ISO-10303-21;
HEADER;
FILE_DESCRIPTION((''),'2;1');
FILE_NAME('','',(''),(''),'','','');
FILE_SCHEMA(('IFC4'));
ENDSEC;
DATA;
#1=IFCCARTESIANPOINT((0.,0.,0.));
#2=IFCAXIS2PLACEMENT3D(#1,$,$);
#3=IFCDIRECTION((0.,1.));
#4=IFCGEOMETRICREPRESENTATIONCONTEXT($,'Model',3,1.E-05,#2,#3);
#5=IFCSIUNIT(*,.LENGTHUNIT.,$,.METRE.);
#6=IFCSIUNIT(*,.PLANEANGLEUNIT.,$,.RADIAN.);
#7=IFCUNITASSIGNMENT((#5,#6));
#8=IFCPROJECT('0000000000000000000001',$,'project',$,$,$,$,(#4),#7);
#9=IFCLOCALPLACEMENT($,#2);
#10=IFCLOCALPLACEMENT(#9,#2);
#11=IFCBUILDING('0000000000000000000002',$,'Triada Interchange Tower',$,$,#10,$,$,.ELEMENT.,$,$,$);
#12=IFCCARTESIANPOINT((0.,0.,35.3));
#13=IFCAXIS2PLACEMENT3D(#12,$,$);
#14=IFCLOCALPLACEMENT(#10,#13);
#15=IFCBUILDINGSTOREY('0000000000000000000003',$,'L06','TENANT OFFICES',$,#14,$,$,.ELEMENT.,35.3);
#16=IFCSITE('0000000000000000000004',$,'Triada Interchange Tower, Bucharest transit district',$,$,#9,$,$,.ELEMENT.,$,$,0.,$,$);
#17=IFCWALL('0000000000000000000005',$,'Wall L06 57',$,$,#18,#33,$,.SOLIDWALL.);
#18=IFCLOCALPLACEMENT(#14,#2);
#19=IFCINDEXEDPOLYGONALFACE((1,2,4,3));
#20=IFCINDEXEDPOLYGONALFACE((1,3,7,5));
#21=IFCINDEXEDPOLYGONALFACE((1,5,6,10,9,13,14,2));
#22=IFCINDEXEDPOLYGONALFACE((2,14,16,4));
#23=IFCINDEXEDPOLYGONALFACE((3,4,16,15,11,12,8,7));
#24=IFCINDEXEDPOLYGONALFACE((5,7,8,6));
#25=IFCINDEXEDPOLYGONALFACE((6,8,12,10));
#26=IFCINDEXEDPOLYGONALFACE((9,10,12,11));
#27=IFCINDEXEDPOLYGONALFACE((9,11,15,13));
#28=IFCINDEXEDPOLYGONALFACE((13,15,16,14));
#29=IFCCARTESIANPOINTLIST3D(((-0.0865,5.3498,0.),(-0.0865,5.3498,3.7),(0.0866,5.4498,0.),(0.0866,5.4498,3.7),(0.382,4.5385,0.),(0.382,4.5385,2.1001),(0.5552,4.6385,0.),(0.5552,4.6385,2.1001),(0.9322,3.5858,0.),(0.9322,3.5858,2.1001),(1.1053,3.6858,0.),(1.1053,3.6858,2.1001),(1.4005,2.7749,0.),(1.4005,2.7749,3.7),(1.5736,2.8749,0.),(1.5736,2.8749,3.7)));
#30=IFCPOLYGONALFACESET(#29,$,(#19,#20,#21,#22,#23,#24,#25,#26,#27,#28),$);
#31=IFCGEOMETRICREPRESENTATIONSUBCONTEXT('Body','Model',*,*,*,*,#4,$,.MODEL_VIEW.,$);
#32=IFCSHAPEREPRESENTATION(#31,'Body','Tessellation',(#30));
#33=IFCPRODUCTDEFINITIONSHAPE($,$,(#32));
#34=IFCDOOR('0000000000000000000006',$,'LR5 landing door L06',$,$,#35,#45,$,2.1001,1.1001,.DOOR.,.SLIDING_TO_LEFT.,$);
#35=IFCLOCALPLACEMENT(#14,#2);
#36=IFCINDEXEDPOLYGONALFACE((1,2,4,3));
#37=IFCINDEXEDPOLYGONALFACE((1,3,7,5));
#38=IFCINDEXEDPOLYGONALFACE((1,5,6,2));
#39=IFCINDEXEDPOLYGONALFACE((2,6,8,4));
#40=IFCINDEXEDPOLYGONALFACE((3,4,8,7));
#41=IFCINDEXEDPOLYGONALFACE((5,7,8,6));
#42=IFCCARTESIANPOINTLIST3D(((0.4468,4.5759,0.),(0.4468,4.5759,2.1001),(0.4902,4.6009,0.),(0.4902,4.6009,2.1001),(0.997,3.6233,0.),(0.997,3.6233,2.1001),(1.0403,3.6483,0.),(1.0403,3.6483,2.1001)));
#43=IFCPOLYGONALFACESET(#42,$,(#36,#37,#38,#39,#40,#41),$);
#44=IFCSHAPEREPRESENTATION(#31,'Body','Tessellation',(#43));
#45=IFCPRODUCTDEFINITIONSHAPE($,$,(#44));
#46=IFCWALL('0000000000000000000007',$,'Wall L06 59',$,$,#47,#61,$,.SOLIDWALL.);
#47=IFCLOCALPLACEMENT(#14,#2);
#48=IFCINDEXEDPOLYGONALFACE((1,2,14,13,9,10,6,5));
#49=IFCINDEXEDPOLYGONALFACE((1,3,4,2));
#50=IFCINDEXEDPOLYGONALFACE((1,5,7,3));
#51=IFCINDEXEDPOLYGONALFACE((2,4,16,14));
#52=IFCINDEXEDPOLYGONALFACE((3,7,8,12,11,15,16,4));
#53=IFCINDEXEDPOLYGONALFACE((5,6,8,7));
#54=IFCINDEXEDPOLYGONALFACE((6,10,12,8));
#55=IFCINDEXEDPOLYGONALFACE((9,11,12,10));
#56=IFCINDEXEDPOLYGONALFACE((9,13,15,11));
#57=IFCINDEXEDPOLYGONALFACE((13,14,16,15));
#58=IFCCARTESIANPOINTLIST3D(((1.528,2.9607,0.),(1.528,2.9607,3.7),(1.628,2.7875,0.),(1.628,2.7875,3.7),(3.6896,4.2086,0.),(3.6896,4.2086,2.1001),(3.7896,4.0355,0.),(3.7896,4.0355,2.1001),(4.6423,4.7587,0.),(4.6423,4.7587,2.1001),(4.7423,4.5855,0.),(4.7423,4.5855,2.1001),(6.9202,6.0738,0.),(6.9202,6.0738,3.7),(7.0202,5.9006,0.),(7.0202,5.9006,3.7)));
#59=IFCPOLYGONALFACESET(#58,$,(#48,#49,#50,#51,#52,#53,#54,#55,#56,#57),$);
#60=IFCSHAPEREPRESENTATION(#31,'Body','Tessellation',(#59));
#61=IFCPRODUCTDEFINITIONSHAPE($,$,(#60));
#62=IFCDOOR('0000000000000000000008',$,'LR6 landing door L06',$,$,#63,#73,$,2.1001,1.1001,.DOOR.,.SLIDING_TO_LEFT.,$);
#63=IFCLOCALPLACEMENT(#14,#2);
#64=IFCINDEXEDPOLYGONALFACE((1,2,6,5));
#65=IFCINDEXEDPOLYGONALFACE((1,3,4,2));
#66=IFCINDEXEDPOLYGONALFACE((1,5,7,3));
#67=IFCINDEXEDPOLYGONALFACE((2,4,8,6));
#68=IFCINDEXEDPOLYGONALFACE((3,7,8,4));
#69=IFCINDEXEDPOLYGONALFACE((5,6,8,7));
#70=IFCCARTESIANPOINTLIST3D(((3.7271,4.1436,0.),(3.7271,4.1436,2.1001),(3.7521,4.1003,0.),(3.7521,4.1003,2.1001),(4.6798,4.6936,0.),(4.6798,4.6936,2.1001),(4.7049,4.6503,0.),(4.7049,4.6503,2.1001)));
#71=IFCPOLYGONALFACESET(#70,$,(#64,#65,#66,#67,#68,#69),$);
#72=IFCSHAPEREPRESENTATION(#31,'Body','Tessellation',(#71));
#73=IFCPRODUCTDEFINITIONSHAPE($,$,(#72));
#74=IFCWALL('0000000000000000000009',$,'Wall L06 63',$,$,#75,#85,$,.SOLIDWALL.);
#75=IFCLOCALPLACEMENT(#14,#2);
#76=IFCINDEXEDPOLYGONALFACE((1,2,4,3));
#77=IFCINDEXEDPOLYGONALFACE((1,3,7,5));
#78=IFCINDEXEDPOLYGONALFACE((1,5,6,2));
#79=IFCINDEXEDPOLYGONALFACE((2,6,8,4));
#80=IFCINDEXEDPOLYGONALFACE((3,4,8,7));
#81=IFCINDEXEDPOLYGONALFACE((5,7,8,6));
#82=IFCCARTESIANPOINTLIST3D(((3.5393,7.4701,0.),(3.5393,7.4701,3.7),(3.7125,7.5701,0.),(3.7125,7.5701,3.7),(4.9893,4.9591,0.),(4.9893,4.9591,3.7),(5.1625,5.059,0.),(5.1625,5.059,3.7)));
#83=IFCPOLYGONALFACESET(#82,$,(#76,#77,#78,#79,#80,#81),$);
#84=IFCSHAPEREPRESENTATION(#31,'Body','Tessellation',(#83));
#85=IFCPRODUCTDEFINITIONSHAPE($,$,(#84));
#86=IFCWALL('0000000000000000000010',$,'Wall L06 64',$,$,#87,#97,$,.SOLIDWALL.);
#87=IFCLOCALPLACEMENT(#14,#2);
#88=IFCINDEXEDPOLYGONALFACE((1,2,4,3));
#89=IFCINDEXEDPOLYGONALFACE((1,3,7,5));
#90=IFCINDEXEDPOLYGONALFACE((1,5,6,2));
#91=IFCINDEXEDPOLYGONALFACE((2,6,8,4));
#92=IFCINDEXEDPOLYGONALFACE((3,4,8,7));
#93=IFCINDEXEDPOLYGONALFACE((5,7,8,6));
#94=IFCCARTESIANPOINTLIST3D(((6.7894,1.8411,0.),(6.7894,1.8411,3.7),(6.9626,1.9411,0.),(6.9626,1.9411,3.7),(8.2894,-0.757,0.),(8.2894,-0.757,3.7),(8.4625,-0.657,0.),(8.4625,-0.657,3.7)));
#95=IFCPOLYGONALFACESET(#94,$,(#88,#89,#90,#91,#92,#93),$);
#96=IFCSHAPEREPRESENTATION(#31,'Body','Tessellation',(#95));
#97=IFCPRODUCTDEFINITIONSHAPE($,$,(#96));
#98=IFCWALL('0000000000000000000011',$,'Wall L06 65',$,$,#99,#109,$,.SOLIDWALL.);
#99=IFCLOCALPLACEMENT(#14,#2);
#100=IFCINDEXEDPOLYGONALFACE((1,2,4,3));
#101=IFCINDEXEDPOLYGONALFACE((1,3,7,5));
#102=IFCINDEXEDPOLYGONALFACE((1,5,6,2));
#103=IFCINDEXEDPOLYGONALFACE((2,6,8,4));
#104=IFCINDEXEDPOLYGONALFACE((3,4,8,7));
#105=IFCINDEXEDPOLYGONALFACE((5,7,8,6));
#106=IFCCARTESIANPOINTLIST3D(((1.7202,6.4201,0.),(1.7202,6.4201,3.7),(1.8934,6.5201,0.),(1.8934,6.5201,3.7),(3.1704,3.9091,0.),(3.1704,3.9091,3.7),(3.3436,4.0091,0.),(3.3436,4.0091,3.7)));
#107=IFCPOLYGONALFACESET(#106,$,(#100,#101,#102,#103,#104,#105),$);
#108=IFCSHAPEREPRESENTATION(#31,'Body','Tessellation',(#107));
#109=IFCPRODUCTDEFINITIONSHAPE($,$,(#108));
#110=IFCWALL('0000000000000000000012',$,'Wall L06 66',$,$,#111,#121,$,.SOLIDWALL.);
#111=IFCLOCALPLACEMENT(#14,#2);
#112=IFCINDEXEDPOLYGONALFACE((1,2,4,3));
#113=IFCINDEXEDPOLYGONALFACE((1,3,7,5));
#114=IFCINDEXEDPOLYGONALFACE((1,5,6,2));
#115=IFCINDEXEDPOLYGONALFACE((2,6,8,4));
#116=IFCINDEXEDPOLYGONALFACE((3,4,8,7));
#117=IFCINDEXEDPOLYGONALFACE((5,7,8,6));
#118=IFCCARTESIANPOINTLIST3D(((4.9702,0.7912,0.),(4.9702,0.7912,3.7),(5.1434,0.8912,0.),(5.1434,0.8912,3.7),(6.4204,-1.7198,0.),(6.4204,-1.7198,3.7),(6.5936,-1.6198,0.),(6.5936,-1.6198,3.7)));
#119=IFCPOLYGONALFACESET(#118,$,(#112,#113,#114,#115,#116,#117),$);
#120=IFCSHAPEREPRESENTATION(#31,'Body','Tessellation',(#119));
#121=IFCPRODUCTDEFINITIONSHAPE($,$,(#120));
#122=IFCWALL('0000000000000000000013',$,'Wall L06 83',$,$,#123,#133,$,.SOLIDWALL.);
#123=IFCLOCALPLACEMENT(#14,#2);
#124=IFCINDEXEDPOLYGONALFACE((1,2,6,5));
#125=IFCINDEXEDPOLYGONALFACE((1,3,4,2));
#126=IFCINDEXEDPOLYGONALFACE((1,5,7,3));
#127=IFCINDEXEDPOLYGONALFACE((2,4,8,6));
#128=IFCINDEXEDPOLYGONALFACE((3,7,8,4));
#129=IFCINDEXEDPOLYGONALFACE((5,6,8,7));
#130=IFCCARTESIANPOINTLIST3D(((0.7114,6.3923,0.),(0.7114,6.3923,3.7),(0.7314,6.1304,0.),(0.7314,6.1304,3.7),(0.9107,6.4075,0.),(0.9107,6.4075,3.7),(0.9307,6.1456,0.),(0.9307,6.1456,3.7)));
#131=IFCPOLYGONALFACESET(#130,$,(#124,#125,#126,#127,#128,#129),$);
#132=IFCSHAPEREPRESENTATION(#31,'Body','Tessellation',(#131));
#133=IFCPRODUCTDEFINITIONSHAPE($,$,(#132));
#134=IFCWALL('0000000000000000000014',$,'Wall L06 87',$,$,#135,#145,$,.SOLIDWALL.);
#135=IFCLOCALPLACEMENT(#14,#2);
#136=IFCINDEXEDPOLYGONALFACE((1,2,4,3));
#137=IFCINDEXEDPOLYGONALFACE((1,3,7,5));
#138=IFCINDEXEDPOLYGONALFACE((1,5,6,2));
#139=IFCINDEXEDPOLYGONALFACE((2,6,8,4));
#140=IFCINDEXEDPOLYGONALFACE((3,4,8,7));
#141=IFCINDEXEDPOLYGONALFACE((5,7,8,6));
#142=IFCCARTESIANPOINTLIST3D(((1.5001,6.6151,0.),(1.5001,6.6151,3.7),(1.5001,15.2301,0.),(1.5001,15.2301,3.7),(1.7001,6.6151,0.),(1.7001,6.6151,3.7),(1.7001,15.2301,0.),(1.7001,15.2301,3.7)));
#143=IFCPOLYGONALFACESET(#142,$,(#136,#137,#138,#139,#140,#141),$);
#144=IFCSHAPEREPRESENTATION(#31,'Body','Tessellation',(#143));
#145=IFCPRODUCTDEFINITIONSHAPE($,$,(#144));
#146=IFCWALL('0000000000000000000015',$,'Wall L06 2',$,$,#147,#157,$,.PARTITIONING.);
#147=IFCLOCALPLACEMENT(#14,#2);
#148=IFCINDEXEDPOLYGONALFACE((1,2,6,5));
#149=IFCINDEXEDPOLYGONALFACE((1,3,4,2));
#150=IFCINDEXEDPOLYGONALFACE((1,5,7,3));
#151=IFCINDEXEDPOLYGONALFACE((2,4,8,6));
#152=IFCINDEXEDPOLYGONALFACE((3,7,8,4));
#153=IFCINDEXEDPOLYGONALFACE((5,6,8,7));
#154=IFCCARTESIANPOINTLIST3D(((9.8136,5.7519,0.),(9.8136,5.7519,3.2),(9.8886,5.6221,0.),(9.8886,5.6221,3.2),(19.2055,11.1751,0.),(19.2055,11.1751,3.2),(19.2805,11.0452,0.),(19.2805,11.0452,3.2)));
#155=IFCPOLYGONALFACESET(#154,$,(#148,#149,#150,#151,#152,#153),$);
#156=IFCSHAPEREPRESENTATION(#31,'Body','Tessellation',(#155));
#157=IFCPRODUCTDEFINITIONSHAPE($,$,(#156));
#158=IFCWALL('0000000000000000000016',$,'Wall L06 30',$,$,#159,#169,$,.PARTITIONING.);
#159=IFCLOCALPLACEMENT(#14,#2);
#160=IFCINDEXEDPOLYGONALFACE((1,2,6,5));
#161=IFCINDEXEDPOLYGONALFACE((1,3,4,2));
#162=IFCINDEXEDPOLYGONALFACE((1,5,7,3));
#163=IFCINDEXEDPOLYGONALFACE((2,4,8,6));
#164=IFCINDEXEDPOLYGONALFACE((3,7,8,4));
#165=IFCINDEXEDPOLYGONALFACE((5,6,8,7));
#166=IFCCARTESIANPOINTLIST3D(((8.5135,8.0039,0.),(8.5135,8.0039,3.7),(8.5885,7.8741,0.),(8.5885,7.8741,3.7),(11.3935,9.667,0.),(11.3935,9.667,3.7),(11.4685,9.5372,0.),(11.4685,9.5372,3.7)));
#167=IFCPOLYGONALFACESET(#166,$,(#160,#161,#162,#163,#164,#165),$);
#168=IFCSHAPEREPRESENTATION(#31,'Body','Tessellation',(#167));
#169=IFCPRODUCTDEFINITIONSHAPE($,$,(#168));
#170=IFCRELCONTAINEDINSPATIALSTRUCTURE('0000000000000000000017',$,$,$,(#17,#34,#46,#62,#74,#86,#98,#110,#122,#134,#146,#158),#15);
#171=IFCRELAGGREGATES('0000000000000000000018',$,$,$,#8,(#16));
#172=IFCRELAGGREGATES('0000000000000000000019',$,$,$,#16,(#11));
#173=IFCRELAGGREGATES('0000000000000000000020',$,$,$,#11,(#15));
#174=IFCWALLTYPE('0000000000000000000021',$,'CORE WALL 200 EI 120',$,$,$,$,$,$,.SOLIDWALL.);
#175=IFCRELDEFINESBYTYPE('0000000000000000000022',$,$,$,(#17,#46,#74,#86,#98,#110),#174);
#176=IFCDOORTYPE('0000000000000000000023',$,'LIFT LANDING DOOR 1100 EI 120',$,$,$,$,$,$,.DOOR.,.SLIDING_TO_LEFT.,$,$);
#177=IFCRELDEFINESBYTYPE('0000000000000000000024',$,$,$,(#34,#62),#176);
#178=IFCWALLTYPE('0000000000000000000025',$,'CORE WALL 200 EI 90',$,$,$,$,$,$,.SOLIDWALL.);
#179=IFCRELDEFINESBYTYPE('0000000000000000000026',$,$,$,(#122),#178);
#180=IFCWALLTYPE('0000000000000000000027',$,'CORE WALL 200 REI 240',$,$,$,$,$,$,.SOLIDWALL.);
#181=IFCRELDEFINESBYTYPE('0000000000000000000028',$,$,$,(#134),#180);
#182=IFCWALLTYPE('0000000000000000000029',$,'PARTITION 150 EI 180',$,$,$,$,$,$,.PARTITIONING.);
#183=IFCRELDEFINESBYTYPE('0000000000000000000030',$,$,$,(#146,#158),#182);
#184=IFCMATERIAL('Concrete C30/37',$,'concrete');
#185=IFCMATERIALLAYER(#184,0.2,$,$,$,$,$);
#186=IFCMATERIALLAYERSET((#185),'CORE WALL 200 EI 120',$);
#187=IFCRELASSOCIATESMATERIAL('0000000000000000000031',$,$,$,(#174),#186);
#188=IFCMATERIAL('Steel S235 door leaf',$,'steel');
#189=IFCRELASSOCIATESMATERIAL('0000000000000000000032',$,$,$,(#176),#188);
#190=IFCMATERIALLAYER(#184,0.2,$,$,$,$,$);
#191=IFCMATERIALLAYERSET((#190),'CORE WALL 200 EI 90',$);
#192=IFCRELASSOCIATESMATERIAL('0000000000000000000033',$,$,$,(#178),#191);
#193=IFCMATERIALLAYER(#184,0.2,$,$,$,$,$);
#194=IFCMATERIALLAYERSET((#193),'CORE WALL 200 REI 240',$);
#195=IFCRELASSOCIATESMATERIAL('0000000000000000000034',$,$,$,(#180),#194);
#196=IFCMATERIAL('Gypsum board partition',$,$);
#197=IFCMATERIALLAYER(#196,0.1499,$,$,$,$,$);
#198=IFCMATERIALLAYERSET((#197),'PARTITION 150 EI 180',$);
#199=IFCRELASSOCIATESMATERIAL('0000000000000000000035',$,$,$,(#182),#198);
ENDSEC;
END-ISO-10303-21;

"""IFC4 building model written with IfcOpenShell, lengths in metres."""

from ifc_helpers import new_model, si_unit, direction, frame, frame_2d, origin, place, context, subcontext, project, spatial, rectangle, extrude, material, layer, layer_set, type_object, element, fill, save


model = new_model("IFC4")

# Units and contexts
model_context = context("Model", 3, precision=1e-05, world=origin(), true_north=direction((0.0, 1.0)))
body_context = subcontext(model_context, "Body", "Model", "MODEL_VIEW")
ifc_project = project(units=[si_unit("LENGTHUNIT", "METRE"), si_unit("PLANEANGLEUNIT", "RADIAN")], contexts=[model_context])

# Site, building, storey
site_placement = place(None, origin())
site = spatial("IfcSite", under=ifc_project, at=site_placement, Name="Triada Interchange Tower, Bucharest transit district", CompositionType="ELEMENT", RefElevation=0.0)
building_placement = place(site_placement, origin())
building = spatial("IfcBuilding", under=site, at=building_placement, Name="Triada Interchange Tower", CompositionType="ELEMENT")
storey_placement = place(building_placement, frame((0.0, 0.0, 35.3)))
storey = spatial("IfcBuildingStorey", under=building, at=storey_placement, Name="L06", Description="TENANT OFFICES", CompositionType="ELEMENT", Elevation=35.3)

# Walls, openings, doors
ifc_material_1 = material(Name="Concrete C30/37", Category="concrete")
ifc_layer_1 = layer(ifc_material_1, 0.2)
ifc_layer_set_1 = layer_set([ifc_layer_1], Name="CORE WALL 200 EI 120")
wall_type_1 = type_object("IfcWallType", Name="CORE WALL 200 EI 120", PredefinedType="SOLIDWALL", material=ifc_layer_set_1)
wall_1_placement = place(storey_placement, frame((0.0, 5.3999, 0.0), z_axis=(0.0, 0.0, 1.0), x_axis=(0.500104, -0.865965, 0.0)))
wall_1 = element("IfcWall", 1, at=wall_1_placement, inside=storey, type_object=wall_type_1, Name="Wall L06 57", PredefinedType="SOLIDWALL", context=body_context, shape_type="SweptSolid", body=[
    extrude(rectangle(XDim=2.9734, YDim=0.2, at=frame_2d((1.4868, 0.0))), origin(), (0.0, 0.0, 1.0), 3.7),
])
opening_1_placement = place(wall_1_placement, frame((0.937, 0.0, 0.0)))
opening_1 = element("IfcOpeningElement", 2, at=opening_1_placement, cuts=wall_1, PredefinedType="OPENING", context=body_context, shape_type="SweptSolid", body=[
    extrude(rectangle(XDim=1.1001, YDim=2.1001, at=frame_2d((0.55, 1.05))), frame((0.0, 0.1099, 0.0), z_axis=(0.0, -1.0, 0.0), x_axis=(1.0, 0.0, 0.0)), (0.0, 0.0, 1.0), 0.22),
])
ifc_material_2 = material(Name="Steel S235 door leaf", Category="steel")
door_type_1 = type_object("IfcDoorType", Name="LIFT LANDING DOOR 1100 EI 120", OperationType="SLIDING_TO_LEFT", PredefinedType="DOOR", material=ifc_material_2)
door_1_placement = place(opening_1_placement, origin())
door_1 = element("IfcDoor", 3, at=door_1_placement, inside=storey, type_object=door_type_1, Name="LR5 landing door L06", OperationType="SLIDING_TO_LEFT", OverallHeight=2.1001, OverallWidth=1.1001, PredefinedType="DOOR", context=body_context, shape_type="SweptSolid", body=[
    extrude(rectangle(XDim=1.1001, YDim=2.1001, at=frame_2d((0.55, 1.05))), frame((0.0, 0.0249, 0.0), z_axis=(0.0, -1.0, 0.0), x_axis=(1.0, 0.0, 0.0)), (0.0, 0.0, 1.0), 0.05),
])
fill(opening_1, door_1)
wall_2_placement = place(storey_placement, frame((1.5779, 2.874, 0.0), z_axis=(0.0, 0.0, 1.0), x_axis=(0.866031, 0.499989, 0.0)))
wall_2 = element("IfcWall", 4, at=wall_2_placement, inside=storey, type_object=wall_type_1, Name="Wall L06 59", PredefinedType="SOLIDWALL", context=body_context, shape_type="SweptSolid", body=[
    extrude(rectangle(XDim=6.2263, YDim=0.2, at=frame_2d((3.1133, 0.0))), origin(), (0.0, 0.0, 1.0), 3.7),
])
opening_2_placement = place(wall_2_placement, frame((2.4961, 0.0, 0.0)))
opening_2 = element("IfcOpeningElement", 5, at=opening_2_placement, cuts=wall_2, PredefinedType="OPENING", context=body_context, shape_type="SweptSolid", body=[
    extrude(rectangle(XDim=1.1001, YDim=2.1001, at=frame_2d((0.55, 1.05))), frame((0.0, 0.1099, 0.0), z_axis=(0.0, -1.0, 0.0), x_axis=(1.0, 0.0, 0.0)), (0.0, 0.0, 1.0), 0.22),
])
door_2_placement = place(opening_2_placement, origin())
door_2 = element("IfcDoor", 6, at=door_2_placement, inside=storey, type_object=door_type_1, Name="LR6 landing door L06", OperationType="SLIDING_TO_LEFT", OverallHeight=2.1001, OverallWidth=1.1001, PredefinedType="DOOR", context=body_context, shape_type="SweptSolid", body=[
    extrude(rectangle(XDim=1.1001, YDim=2.1001, at=frame_2d((0.55, 1.05))), frame((0.0, 0.0249, 0.0), z_axis=(0.0, -1.0, 0.0), x_axis=(1.0, 0.0, 0.0)), (0.0, 0.0, 1.0), 0.05),
])
fill(opening_2, door_2)

# Walls
wall_3_placement = place(storey_placement, frame((3.626, 7.52, 0.0), z_axis=(0.0, 0.0, 1.0), x_axis=(0.50006, -0.865991, 0.0)))
element("IfcWall", 7, at=wall_3_placement, inside=storey, type_object=wall_type_1, Name="Wall L06 63", PredefinedType="SOLIDWALL", context=body_context, shape_type="SweptSolid", body=[
    extrude(rectangle(XDim=2.8997, YDim=0.2, at=frame_2d((1.4497, 0.0))), origin(), (0.0, 0.0, 1.0), 3.7),
])
wall_4_placement = place(storey_placement, frame((6.876, 1.8911, 0.0), z_axis=(0.0, 0.0, 1.0), x_axis=(0.49999, -0.866031, 0.0)))
element("IfcWall", 8, at=wall_4_placement, inside=storey, type_object=wall_type_1, Name="Wall L06 64", PredefinedType="SOLIDWALL", context=body_context, shape_type="SweptSolid", body=[
    extrude(rectangle(XDim=3.0, YDim=0.2, at=frame_2d((1.5, 0.0))), origin(), (0.0, 0.0, 1.0), 3.7),
])
for number, where, z_axis, x_axis, name in (
    (9, (1.8069, 6.47, 0.0), (0.0, 0.0, 1.0), (0.500123, -0.865954, 0.0), "Wall L06 65"),
    (10, (5.0569, 0.8411, 0.0), (0.0, 0.0, 1.0), (0.500123, -0.865954, 0.0), "Wall L06 66"),
):
    element("IfcWall", number, at=place(storey_placement, frame(where, z_axis=z_axis, x_axis=x_axis)), inside=storey, type_object=wall_type_1, Name=name, PredefinedType="SOLIDWALL", context=body_context, shape_type="SweptSolid", body=[
        extrude(rectangle(XDim=2.8997, YDim=0.2, at=frame_2d((1.4497, 0.0))), origin(), (0.0, 0.0, 1.0), 3.7),
    ])
ifc_layer_2 = layer(ifc_material_1, 0.2)
ifc_layer_set_2 = layer_set([ifc_layer_2], Name="CORE WALL 200 EI 90")
wall_type_2 = type_object("IfcWallType", Name="CORE WALL 200 EI 90", PredefinedType="SOLIDWALL", material=ifc_layer_set_2)
wall_5_placement = place(storey_placement, frame((0.811, 6.3999, 0.0), z_axis=(0.0, 0.0, 1.0), x_axis=(0.076199, -0.997093, 0.0)))
element("IfcWall", 11, at=wall_5_placement, inside=storey, type_object=wall_type_2, Name="Wall L06 83", PredefinedType="SOLIDWALL", context=body_context, shape_type="SweptSolid", body=[
    extrude(rectangle(XDim=0.2627, YDim=0.2, at=frame_2d((0.1313, 0.0))), origin(), (0.0, 0.0, 1.0), 3.7),
])
ifc_layer_3 = layer(ifc_material_1, 0.2)
ifc_layer_set_3 = layer_set([ifc_layer_3], Name="CORE WALL 200 REI 240")
wall_type_3 = type_object("IfcWallType", Name="CORE WALL 200 REI 240", PredefinedType="SOLIDWALL", material=ifc_layer_set_3)
wall_6_placement = place(storey_placement, frame((1.6001, 6.615, 0.0), z_axis=(0.0, 0.0, 1.0), x_axis=(0.0, 1.0, 0.0)))
element("IfcWall", 12, at=wall_6_placement, inside=storey, type_object=wall_type_3, Name="Wall L06 87", PredefinedType="SOLIDWALL", context=body_context, shape_type="SweptSolid", body=[
    extrude(rectangle(XDim=8.615, YDim=0.2, at=frame_2d((4.3076, 0.0))), origin(), (0.0, 0.0, 1.0), 3.7),
])
ifc_material_3 = material(Name="Gypsum board partition")
ifc_layer_4 = layer(ifc_material_3, 0.1499)
ifc_layer_set_4 = layer_set([ifc_layer_4], Name="PARTITION 150 EI 180")
wall_type_4 = type_object("IfcWallType", Name="PARTITION 150 EI 180", PredefinedType="PARTITIONING", material=ifc_layer_set_4)
wall_7_placement = place(storey_placement, frame((9.8511, 5.687, 0.0), z_axis=(0.0, 0.0, 1.0), x_axis=(0.865997, 0.500049, 0.0)))
element("IfcWall", 13, at=wall_7_placement, inside=storey, type_object=wall_type_4, Name="Wall L06 2", PredefinedType="PARTITIONING", context=body_context, shape_type="SweptSolid", body=[
    extrude(rectangle(XDim=10.8452, YDim=0.1499, at=frame_2d((5.4226, 0.0))), origin(), (0.0, 0.0, 1.0), 3.2),
])
wall_8_placement = place(storey_placement, frame((8.551, 7.939, 0.0), z_axis=(0.0, 0.0, 1.0), x_axis=(0.865975, 0.500087, 0.0)))
element("IfcWall", 14, at=wall_8_placement, inside=storey, type_object=wall_type_4, Name="Wall L06 30", PredefinedType="PARTITIONING", context=body_context, shape_type="SweptSolid", body=[
    extrude(rectangle(XDim=3.3257, YDim=0.1499, at=frame_2d((1.6628, 0.0))), origin(), (0.0, 0.0, 1.0), 3.7),
])

save(model, "model.ifc")
